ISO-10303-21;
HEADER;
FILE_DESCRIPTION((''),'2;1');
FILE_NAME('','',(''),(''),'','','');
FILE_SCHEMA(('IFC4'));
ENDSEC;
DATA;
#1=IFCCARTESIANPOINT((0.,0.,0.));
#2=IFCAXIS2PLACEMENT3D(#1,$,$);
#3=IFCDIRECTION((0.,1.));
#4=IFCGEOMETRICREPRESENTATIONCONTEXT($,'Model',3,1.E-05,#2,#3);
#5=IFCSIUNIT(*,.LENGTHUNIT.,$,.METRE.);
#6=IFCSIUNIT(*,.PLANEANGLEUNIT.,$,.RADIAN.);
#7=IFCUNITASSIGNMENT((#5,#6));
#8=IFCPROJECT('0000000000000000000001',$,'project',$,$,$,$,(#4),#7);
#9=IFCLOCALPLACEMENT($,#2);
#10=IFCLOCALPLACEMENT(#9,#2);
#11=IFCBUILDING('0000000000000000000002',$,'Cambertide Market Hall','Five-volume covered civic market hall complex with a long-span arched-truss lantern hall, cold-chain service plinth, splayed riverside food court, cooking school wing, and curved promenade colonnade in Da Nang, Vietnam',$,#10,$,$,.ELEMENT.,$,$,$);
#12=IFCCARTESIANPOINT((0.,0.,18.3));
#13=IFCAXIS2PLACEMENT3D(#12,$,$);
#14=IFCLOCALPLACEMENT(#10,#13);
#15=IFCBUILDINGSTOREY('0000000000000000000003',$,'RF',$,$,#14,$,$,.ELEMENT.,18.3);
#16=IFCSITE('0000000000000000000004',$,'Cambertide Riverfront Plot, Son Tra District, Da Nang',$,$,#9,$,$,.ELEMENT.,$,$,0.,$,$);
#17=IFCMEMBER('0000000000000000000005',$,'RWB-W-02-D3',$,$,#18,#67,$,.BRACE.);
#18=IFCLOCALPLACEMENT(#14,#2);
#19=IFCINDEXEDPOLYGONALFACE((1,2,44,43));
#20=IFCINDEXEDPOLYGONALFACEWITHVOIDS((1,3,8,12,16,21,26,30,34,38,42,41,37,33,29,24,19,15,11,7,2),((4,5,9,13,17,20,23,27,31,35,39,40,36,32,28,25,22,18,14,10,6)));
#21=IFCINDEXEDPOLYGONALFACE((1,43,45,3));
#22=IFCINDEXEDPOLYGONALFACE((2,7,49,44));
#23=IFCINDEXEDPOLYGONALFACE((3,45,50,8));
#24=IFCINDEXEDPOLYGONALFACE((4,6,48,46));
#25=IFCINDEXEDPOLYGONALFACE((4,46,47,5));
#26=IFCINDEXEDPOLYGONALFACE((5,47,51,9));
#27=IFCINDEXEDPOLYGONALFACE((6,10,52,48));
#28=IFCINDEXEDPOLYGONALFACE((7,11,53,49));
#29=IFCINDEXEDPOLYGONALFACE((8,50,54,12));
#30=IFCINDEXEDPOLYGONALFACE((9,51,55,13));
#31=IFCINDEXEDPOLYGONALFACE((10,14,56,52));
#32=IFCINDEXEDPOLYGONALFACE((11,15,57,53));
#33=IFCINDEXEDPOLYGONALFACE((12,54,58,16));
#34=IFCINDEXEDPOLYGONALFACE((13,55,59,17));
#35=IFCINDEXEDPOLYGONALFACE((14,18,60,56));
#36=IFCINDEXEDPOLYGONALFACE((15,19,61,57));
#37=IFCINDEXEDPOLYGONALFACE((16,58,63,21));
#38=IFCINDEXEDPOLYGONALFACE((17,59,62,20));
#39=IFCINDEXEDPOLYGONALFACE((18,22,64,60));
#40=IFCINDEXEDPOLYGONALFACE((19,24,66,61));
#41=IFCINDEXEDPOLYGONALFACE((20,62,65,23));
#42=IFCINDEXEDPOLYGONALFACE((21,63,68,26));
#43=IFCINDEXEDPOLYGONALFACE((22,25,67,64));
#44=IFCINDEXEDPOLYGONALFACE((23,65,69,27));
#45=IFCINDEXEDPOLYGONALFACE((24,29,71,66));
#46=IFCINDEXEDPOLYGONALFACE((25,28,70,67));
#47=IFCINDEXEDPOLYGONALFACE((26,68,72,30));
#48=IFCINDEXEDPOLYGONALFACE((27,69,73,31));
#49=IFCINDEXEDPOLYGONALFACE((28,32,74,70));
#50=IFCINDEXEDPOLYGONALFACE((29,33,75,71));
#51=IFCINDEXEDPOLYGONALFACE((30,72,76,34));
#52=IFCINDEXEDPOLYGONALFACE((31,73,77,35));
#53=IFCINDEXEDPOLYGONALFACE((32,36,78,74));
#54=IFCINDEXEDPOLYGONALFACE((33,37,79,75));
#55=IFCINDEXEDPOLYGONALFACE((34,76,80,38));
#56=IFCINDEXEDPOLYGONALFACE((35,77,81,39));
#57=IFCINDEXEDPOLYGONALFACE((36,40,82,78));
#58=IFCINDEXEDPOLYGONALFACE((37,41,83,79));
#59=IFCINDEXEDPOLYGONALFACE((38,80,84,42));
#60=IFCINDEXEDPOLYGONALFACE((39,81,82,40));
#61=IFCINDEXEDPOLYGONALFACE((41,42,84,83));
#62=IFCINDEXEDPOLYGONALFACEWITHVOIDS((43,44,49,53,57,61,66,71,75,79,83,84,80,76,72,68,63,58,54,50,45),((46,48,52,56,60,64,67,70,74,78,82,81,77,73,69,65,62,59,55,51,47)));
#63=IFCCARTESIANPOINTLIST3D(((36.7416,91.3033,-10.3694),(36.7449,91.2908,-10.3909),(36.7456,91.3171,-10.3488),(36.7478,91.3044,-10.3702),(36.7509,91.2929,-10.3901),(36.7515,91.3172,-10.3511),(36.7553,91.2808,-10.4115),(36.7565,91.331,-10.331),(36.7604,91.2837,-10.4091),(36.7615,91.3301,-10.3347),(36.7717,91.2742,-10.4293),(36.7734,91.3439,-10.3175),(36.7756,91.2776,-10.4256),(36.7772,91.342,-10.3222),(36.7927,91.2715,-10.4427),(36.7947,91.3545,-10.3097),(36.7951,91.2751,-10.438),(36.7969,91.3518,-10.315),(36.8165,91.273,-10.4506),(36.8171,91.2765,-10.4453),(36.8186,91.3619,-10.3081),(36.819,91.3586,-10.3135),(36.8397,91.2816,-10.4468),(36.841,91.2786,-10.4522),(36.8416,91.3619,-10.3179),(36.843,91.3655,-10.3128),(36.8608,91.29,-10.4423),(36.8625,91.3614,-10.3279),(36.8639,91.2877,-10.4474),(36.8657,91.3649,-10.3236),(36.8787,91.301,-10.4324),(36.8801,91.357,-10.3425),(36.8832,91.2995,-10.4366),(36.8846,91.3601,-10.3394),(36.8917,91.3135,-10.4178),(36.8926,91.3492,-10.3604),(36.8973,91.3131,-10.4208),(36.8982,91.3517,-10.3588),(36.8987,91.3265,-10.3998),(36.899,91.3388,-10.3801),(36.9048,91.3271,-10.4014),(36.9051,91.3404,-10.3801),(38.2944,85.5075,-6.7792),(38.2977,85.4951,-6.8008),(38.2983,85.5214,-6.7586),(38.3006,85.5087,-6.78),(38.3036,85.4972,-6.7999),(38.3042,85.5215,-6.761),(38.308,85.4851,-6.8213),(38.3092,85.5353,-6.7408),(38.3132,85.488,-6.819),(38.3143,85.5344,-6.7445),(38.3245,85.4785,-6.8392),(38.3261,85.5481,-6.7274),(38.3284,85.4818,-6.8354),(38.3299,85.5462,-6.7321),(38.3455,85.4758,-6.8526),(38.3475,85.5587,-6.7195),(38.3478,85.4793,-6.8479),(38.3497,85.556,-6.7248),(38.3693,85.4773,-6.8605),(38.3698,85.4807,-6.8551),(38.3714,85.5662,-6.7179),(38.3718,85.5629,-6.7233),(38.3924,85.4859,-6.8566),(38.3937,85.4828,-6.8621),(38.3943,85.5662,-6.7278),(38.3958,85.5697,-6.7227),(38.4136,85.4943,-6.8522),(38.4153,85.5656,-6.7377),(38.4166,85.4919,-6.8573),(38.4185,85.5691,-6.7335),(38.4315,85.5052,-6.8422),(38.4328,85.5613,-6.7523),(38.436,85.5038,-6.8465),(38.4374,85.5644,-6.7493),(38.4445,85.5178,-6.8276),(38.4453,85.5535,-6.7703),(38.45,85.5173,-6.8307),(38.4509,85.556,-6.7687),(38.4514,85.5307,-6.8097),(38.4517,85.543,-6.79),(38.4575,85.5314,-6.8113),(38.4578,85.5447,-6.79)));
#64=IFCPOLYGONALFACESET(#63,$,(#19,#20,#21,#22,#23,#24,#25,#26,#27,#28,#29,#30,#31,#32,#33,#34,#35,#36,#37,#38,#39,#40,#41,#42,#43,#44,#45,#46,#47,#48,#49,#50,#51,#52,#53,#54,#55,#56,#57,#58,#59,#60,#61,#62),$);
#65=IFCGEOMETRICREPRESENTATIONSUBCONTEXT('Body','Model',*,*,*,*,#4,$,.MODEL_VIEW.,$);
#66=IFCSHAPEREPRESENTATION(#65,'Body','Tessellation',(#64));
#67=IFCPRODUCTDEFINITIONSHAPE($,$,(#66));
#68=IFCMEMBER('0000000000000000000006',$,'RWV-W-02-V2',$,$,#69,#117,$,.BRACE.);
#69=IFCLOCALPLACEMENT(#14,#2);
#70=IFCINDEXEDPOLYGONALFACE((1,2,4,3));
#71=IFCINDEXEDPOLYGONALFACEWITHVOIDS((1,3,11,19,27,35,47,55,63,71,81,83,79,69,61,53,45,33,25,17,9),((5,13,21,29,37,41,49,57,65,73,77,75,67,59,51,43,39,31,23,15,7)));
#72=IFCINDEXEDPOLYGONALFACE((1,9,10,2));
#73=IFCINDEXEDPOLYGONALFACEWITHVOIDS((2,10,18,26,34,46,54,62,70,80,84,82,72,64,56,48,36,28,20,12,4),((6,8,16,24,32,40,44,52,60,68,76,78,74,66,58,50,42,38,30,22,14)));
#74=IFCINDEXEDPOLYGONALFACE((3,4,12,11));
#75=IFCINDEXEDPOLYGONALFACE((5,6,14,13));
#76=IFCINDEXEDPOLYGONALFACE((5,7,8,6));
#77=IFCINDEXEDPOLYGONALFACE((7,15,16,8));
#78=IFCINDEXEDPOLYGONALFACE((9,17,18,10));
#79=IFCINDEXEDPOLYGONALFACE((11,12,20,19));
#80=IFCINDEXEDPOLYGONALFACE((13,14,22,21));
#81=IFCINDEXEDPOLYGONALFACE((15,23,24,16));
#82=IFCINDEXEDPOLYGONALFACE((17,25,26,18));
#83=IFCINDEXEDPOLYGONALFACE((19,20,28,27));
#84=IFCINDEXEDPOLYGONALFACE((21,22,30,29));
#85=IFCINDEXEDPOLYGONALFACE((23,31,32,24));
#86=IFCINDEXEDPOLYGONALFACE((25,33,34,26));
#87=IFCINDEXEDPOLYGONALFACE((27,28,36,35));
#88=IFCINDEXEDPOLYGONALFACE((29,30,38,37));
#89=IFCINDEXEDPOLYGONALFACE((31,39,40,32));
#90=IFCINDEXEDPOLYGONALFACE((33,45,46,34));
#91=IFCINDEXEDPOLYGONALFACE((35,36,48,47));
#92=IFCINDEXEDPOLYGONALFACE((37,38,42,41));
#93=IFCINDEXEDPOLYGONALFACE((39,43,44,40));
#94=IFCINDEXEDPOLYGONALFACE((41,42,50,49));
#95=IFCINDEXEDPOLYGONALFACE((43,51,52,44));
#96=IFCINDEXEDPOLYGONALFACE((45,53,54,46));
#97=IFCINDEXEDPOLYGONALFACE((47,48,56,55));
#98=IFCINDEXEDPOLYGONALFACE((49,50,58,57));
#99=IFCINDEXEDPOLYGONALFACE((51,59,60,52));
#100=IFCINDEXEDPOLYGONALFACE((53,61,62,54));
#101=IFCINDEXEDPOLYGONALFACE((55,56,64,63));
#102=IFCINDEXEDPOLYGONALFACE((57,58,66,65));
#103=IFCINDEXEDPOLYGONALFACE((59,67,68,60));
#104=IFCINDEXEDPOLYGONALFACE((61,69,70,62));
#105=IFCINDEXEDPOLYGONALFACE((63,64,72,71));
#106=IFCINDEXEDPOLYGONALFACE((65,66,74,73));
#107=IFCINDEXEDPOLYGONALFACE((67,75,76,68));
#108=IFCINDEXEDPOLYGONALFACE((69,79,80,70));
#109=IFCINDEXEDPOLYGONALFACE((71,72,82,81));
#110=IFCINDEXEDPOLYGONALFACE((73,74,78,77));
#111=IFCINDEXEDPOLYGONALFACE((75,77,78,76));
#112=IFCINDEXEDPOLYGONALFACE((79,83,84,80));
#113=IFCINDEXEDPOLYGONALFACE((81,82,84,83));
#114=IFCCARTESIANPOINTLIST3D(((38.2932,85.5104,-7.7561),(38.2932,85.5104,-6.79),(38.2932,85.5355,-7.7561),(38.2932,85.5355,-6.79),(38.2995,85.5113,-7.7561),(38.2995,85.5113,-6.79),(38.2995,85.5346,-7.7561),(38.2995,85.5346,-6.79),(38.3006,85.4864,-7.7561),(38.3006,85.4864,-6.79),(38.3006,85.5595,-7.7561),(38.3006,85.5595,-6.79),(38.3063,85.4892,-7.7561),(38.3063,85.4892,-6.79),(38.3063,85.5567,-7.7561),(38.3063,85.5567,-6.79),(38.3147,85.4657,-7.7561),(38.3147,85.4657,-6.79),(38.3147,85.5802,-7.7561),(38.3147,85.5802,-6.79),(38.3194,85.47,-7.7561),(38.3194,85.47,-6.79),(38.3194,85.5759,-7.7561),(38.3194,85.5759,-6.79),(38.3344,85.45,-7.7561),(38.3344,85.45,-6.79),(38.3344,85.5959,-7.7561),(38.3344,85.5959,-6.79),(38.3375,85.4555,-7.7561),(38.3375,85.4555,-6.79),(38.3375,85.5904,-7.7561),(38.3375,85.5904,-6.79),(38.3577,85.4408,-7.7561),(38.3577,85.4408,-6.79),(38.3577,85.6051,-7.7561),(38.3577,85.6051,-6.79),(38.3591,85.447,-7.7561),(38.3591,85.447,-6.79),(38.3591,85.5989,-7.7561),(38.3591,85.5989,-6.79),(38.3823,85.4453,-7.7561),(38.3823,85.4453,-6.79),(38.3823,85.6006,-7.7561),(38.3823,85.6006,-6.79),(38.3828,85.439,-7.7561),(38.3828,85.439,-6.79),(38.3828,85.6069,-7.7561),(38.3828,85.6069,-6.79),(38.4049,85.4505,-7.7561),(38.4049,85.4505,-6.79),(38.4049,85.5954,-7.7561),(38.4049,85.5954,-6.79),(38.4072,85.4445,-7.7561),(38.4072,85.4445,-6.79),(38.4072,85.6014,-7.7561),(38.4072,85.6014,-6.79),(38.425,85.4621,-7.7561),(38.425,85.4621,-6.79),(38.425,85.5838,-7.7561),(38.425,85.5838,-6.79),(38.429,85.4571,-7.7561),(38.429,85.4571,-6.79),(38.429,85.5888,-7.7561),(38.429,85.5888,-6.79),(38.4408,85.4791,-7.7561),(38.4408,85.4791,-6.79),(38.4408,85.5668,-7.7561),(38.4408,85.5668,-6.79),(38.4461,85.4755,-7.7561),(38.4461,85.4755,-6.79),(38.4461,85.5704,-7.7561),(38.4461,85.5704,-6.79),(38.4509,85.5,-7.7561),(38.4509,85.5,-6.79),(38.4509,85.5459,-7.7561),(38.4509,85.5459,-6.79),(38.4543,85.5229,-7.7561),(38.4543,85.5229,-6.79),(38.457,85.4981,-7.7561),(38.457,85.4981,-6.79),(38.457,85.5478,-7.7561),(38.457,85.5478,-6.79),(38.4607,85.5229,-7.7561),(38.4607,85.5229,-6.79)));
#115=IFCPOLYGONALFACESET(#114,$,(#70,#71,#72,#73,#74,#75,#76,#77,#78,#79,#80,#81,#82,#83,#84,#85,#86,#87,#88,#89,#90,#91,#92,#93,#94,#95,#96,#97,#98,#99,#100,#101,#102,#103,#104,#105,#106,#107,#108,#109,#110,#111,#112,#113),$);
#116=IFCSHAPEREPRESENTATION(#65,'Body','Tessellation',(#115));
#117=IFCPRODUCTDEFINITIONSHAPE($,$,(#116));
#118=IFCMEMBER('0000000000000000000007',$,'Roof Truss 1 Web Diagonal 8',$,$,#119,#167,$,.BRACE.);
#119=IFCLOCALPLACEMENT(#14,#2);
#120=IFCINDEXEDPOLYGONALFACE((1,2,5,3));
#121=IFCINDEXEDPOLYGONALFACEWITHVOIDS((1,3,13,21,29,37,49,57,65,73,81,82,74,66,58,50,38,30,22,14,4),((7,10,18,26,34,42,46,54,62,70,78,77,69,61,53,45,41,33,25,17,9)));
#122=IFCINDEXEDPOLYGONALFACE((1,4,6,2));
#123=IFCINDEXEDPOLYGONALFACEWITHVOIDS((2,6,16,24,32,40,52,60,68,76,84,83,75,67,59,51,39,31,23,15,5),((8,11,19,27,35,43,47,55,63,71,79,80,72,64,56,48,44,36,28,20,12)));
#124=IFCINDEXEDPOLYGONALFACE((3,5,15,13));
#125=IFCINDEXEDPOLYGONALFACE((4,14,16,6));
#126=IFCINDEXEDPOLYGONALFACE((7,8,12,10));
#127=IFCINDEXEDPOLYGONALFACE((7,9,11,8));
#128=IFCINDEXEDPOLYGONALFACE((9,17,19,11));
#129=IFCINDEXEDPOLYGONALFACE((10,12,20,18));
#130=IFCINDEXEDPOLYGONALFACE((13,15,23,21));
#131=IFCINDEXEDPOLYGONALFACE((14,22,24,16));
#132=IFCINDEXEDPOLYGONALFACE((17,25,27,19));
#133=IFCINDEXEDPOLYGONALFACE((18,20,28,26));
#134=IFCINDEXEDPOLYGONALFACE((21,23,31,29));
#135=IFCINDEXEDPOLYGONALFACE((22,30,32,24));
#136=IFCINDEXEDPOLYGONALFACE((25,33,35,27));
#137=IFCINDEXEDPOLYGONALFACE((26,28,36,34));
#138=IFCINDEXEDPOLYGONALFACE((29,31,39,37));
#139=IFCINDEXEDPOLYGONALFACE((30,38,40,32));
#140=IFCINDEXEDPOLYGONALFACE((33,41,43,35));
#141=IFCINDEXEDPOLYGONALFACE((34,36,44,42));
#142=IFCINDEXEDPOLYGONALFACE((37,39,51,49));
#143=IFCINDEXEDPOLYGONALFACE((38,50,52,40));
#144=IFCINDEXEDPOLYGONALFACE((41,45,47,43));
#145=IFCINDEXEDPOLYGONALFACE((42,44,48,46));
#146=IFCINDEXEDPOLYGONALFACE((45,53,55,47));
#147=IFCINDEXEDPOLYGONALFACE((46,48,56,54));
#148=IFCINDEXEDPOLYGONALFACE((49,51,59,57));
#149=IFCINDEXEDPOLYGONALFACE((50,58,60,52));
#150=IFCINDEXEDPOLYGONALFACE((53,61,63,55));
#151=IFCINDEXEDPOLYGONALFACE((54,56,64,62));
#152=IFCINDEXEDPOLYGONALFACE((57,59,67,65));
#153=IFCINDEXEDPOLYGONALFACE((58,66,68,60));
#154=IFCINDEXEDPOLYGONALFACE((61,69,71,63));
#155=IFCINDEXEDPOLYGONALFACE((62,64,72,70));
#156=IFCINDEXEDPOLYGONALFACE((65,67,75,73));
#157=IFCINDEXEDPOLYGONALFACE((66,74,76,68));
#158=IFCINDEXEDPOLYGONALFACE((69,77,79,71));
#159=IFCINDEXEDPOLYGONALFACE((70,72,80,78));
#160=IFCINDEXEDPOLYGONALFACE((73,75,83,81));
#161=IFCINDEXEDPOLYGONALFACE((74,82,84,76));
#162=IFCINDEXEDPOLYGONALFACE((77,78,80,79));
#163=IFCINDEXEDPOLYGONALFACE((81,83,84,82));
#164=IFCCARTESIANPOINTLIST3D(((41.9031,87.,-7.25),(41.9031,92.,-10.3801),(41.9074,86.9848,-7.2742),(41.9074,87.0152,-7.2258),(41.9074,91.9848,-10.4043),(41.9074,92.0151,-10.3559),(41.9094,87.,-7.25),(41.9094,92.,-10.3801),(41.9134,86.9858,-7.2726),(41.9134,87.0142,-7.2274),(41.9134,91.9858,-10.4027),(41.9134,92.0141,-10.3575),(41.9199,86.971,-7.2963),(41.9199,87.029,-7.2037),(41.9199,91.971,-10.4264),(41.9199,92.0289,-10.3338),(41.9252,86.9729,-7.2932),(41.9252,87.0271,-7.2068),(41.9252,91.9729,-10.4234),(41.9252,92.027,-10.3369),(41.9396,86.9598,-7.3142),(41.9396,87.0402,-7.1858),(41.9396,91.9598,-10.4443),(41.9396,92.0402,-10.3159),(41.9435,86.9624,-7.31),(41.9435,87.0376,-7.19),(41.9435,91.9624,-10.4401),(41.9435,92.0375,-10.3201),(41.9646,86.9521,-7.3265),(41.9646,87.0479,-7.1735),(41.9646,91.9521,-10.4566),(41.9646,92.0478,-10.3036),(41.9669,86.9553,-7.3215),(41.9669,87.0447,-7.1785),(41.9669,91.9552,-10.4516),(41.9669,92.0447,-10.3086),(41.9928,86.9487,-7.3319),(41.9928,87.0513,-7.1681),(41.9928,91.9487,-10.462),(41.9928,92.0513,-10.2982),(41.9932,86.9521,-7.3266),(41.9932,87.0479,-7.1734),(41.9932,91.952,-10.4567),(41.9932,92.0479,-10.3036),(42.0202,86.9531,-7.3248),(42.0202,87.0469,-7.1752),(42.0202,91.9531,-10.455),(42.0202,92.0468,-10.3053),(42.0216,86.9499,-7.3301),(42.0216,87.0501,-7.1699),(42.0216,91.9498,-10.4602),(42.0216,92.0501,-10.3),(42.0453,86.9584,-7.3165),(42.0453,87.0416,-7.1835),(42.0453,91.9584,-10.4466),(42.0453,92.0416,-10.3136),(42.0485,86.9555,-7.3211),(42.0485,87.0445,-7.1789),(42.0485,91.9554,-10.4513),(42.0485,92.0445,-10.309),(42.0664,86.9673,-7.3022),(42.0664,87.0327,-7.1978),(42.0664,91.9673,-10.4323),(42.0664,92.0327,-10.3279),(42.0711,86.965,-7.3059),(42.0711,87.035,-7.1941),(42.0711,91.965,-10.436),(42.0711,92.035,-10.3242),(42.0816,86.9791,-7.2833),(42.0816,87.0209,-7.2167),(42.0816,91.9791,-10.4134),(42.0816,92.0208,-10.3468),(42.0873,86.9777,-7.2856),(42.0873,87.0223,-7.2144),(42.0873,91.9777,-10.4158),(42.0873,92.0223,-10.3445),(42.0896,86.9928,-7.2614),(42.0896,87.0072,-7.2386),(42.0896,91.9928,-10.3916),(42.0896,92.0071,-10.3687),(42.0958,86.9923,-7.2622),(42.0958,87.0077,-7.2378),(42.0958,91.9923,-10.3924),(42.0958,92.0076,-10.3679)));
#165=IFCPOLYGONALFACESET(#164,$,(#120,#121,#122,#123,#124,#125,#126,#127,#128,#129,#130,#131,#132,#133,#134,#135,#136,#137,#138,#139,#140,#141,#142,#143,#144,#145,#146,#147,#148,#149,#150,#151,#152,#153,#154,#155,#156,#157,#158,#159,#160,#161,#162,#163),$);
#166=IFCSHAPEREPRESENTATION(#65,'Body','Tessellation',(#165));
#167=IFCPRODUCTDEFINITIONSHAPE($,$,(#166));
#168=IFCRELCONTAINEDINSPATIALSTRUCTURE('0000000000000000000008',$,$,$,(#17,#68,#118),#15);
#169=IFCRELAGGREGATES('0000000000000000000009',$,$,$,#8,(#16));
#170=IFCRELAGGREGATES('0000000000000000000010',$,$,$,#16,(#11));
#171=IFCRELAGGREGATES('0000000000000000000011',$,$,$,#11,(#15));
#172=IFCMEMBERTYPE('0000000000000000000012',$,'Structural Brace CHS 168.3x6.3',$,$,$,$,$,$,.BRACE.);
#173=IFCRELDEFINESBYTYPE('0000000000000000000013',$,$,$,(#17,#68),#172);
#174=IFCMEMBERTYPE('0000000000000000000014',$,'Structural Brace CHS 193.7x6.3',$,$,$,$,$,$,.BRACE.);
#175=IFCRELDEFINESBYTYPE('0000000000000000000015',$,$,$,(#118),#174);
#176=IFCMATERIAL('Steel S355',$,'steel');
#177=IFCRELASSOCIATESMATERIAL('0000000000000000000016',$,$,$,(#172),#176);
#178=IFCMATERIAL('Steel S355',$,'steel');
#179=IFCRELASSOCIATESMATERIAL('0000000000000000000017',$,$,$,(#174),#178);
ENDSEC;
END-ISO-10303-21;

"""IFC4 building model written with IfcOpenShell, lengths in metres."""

from ifc_helpers import new_model, si_unit, direction, frame, origin, origin_2d, place, context, subcontext, project, spatial, hollow_circle, extrude, material, material_profile, profile_set, type_object, element, save


model = new_model("IFC4")

# Units and contexts
model_context = context("Model", 3, precision=1e-05, world=origin(), true_north=direction((0.0, 1.0)))
body_context = subcontext(model_context, "Body", "Model", "MODEL_VIEW")
ifc_project = project(units=[si_unit("LENGTHUNIT", "METRE"), si_unit("PLANEANGLEUNIT", "RADIAN")], contexts=[model_context])

# Site, building, storey
site_placement = place(None, origin())
site = spatial("IfcSite", under=ifc_project, at=site_placement, Name="Cambertide Riverfront Plot, Son Tra District, Da Nang", CompositionType="ELEMENT", RefElevation=0.0)
building_placement = place(site_placement, origin())
building = spatial("IfcBuilding", under=site, at=building_placement, Name="Cambertide Market Hall", Description="Five-volume covered civic market hall complex with a long-span arched-truss lantern hall, cold-chain service plinth, splayed riverside food court, cooking school wing, and curved promenade colonnade in Da Nang, Vietnam", CompositionType="ELEMENT")
storey_placement = place(building_placement, frame((0.0, 0.0, 18.3)))
storey = spatial("IfcBuildingStorey", under=building, at=storey_placement, Name="RF", CompositionType="ELEMENT", Elevation=18.3)

# Members
ifc_material_1 = material(Name="Steel S355", Category="steel")
ifc_material_profile_1 = material_profile(ifc_material_1, hollow_circle(Radius=0.0842, WallThickness=0.0063, at=origin_2d()), Name="CHS 168.3x6.3")
ifc_profile_set_1 = profile_set([ifc_material_profile_1], Name="Steel S355")
member_type_1 = type_object("IfcMemberType", Name="Structural Brace CHS 168.3x6.3", PredefinedType="BRACE", material=ifc_profile_set_1)
member_1_placement = place(storey_placement, frame((36.8237, 91.3186, -10.3801), z_axis=(0.22207, -0.828887, 0.51345), x_axis=(0.965934, 0.258787, 0.0)))
element("IfcMember", 1, at=member_1_placement, inside=storey, type_object=member_type_1, Name="RWB-W-02-D3", PredefinedType="BRACE", context=body_context, shape_type="SweptSolid", body=[
    extrude(hollow_circle(Radius=0.0842, WallThickness=0.0063, at=origin_2d()), origin(), (0.0, 0.0, 1.0), 6.9922),
])
member_2_placement = place(storey_placement, frame((38.3765, 85.5229, -7.7561), z_axis=(0.0, 0.0, 1.0), x_axis=(1.0, 0.0, 0.0)))
element("IfcMember", 2, at=member_2_placement, inside=storey, type_object=member_type_1, Name="RWV-W-02-V2", PredefinedType="BRACE", context=body_context, shape_type="SweptSolid", body=[
    extrude(hollow_circle(Radius=0.0842, WallThickness=0.0063, at=origin_2d()), origin(), (0.0, 0.0, 1.0), 0.9661),
])
ifc_material_2 = material(Name="Steel S355", Category="steel")
ifc_material_profile_2 = material_profile(ifc_material_2, hollow_circle(Radius=0.0969, WallThickness=0.0063, at=origin_2d()), Name="CHS 193.7x6.3")
ifc_profile_set_2 = profile_set([ifc_material_profile_2], Name="Steel S355")
member_type_2 = type_object("IfcMemberType", Name="Structural Brace CHS 193.7x6.3", PredefinedType="BRACE", material=ifc_profile_set_2)
member_3_placement = place(storey_placement, frame((42.0, 87.0, -7.25), z_axis=(0.0, 0.847607, -0.530624), x_axis=(-1.0, 0.0, 0.0)))
element("IfcMember", 3, at=member_3_placement, inside=storey, type_object=member_type_2, Name="Roof Truss 1 Web Diagonal 8", PredefinedType="BRACE", context=body_context, shape_type="SweptSolid", body=[
    extrude(hollow_circle(Radius=0.0969, WallThickness=0.0063, at=origin_2d()), origin(), (0.0, 0.0, 1.0), 5.8989),
])

save(model, "model.ifc")
